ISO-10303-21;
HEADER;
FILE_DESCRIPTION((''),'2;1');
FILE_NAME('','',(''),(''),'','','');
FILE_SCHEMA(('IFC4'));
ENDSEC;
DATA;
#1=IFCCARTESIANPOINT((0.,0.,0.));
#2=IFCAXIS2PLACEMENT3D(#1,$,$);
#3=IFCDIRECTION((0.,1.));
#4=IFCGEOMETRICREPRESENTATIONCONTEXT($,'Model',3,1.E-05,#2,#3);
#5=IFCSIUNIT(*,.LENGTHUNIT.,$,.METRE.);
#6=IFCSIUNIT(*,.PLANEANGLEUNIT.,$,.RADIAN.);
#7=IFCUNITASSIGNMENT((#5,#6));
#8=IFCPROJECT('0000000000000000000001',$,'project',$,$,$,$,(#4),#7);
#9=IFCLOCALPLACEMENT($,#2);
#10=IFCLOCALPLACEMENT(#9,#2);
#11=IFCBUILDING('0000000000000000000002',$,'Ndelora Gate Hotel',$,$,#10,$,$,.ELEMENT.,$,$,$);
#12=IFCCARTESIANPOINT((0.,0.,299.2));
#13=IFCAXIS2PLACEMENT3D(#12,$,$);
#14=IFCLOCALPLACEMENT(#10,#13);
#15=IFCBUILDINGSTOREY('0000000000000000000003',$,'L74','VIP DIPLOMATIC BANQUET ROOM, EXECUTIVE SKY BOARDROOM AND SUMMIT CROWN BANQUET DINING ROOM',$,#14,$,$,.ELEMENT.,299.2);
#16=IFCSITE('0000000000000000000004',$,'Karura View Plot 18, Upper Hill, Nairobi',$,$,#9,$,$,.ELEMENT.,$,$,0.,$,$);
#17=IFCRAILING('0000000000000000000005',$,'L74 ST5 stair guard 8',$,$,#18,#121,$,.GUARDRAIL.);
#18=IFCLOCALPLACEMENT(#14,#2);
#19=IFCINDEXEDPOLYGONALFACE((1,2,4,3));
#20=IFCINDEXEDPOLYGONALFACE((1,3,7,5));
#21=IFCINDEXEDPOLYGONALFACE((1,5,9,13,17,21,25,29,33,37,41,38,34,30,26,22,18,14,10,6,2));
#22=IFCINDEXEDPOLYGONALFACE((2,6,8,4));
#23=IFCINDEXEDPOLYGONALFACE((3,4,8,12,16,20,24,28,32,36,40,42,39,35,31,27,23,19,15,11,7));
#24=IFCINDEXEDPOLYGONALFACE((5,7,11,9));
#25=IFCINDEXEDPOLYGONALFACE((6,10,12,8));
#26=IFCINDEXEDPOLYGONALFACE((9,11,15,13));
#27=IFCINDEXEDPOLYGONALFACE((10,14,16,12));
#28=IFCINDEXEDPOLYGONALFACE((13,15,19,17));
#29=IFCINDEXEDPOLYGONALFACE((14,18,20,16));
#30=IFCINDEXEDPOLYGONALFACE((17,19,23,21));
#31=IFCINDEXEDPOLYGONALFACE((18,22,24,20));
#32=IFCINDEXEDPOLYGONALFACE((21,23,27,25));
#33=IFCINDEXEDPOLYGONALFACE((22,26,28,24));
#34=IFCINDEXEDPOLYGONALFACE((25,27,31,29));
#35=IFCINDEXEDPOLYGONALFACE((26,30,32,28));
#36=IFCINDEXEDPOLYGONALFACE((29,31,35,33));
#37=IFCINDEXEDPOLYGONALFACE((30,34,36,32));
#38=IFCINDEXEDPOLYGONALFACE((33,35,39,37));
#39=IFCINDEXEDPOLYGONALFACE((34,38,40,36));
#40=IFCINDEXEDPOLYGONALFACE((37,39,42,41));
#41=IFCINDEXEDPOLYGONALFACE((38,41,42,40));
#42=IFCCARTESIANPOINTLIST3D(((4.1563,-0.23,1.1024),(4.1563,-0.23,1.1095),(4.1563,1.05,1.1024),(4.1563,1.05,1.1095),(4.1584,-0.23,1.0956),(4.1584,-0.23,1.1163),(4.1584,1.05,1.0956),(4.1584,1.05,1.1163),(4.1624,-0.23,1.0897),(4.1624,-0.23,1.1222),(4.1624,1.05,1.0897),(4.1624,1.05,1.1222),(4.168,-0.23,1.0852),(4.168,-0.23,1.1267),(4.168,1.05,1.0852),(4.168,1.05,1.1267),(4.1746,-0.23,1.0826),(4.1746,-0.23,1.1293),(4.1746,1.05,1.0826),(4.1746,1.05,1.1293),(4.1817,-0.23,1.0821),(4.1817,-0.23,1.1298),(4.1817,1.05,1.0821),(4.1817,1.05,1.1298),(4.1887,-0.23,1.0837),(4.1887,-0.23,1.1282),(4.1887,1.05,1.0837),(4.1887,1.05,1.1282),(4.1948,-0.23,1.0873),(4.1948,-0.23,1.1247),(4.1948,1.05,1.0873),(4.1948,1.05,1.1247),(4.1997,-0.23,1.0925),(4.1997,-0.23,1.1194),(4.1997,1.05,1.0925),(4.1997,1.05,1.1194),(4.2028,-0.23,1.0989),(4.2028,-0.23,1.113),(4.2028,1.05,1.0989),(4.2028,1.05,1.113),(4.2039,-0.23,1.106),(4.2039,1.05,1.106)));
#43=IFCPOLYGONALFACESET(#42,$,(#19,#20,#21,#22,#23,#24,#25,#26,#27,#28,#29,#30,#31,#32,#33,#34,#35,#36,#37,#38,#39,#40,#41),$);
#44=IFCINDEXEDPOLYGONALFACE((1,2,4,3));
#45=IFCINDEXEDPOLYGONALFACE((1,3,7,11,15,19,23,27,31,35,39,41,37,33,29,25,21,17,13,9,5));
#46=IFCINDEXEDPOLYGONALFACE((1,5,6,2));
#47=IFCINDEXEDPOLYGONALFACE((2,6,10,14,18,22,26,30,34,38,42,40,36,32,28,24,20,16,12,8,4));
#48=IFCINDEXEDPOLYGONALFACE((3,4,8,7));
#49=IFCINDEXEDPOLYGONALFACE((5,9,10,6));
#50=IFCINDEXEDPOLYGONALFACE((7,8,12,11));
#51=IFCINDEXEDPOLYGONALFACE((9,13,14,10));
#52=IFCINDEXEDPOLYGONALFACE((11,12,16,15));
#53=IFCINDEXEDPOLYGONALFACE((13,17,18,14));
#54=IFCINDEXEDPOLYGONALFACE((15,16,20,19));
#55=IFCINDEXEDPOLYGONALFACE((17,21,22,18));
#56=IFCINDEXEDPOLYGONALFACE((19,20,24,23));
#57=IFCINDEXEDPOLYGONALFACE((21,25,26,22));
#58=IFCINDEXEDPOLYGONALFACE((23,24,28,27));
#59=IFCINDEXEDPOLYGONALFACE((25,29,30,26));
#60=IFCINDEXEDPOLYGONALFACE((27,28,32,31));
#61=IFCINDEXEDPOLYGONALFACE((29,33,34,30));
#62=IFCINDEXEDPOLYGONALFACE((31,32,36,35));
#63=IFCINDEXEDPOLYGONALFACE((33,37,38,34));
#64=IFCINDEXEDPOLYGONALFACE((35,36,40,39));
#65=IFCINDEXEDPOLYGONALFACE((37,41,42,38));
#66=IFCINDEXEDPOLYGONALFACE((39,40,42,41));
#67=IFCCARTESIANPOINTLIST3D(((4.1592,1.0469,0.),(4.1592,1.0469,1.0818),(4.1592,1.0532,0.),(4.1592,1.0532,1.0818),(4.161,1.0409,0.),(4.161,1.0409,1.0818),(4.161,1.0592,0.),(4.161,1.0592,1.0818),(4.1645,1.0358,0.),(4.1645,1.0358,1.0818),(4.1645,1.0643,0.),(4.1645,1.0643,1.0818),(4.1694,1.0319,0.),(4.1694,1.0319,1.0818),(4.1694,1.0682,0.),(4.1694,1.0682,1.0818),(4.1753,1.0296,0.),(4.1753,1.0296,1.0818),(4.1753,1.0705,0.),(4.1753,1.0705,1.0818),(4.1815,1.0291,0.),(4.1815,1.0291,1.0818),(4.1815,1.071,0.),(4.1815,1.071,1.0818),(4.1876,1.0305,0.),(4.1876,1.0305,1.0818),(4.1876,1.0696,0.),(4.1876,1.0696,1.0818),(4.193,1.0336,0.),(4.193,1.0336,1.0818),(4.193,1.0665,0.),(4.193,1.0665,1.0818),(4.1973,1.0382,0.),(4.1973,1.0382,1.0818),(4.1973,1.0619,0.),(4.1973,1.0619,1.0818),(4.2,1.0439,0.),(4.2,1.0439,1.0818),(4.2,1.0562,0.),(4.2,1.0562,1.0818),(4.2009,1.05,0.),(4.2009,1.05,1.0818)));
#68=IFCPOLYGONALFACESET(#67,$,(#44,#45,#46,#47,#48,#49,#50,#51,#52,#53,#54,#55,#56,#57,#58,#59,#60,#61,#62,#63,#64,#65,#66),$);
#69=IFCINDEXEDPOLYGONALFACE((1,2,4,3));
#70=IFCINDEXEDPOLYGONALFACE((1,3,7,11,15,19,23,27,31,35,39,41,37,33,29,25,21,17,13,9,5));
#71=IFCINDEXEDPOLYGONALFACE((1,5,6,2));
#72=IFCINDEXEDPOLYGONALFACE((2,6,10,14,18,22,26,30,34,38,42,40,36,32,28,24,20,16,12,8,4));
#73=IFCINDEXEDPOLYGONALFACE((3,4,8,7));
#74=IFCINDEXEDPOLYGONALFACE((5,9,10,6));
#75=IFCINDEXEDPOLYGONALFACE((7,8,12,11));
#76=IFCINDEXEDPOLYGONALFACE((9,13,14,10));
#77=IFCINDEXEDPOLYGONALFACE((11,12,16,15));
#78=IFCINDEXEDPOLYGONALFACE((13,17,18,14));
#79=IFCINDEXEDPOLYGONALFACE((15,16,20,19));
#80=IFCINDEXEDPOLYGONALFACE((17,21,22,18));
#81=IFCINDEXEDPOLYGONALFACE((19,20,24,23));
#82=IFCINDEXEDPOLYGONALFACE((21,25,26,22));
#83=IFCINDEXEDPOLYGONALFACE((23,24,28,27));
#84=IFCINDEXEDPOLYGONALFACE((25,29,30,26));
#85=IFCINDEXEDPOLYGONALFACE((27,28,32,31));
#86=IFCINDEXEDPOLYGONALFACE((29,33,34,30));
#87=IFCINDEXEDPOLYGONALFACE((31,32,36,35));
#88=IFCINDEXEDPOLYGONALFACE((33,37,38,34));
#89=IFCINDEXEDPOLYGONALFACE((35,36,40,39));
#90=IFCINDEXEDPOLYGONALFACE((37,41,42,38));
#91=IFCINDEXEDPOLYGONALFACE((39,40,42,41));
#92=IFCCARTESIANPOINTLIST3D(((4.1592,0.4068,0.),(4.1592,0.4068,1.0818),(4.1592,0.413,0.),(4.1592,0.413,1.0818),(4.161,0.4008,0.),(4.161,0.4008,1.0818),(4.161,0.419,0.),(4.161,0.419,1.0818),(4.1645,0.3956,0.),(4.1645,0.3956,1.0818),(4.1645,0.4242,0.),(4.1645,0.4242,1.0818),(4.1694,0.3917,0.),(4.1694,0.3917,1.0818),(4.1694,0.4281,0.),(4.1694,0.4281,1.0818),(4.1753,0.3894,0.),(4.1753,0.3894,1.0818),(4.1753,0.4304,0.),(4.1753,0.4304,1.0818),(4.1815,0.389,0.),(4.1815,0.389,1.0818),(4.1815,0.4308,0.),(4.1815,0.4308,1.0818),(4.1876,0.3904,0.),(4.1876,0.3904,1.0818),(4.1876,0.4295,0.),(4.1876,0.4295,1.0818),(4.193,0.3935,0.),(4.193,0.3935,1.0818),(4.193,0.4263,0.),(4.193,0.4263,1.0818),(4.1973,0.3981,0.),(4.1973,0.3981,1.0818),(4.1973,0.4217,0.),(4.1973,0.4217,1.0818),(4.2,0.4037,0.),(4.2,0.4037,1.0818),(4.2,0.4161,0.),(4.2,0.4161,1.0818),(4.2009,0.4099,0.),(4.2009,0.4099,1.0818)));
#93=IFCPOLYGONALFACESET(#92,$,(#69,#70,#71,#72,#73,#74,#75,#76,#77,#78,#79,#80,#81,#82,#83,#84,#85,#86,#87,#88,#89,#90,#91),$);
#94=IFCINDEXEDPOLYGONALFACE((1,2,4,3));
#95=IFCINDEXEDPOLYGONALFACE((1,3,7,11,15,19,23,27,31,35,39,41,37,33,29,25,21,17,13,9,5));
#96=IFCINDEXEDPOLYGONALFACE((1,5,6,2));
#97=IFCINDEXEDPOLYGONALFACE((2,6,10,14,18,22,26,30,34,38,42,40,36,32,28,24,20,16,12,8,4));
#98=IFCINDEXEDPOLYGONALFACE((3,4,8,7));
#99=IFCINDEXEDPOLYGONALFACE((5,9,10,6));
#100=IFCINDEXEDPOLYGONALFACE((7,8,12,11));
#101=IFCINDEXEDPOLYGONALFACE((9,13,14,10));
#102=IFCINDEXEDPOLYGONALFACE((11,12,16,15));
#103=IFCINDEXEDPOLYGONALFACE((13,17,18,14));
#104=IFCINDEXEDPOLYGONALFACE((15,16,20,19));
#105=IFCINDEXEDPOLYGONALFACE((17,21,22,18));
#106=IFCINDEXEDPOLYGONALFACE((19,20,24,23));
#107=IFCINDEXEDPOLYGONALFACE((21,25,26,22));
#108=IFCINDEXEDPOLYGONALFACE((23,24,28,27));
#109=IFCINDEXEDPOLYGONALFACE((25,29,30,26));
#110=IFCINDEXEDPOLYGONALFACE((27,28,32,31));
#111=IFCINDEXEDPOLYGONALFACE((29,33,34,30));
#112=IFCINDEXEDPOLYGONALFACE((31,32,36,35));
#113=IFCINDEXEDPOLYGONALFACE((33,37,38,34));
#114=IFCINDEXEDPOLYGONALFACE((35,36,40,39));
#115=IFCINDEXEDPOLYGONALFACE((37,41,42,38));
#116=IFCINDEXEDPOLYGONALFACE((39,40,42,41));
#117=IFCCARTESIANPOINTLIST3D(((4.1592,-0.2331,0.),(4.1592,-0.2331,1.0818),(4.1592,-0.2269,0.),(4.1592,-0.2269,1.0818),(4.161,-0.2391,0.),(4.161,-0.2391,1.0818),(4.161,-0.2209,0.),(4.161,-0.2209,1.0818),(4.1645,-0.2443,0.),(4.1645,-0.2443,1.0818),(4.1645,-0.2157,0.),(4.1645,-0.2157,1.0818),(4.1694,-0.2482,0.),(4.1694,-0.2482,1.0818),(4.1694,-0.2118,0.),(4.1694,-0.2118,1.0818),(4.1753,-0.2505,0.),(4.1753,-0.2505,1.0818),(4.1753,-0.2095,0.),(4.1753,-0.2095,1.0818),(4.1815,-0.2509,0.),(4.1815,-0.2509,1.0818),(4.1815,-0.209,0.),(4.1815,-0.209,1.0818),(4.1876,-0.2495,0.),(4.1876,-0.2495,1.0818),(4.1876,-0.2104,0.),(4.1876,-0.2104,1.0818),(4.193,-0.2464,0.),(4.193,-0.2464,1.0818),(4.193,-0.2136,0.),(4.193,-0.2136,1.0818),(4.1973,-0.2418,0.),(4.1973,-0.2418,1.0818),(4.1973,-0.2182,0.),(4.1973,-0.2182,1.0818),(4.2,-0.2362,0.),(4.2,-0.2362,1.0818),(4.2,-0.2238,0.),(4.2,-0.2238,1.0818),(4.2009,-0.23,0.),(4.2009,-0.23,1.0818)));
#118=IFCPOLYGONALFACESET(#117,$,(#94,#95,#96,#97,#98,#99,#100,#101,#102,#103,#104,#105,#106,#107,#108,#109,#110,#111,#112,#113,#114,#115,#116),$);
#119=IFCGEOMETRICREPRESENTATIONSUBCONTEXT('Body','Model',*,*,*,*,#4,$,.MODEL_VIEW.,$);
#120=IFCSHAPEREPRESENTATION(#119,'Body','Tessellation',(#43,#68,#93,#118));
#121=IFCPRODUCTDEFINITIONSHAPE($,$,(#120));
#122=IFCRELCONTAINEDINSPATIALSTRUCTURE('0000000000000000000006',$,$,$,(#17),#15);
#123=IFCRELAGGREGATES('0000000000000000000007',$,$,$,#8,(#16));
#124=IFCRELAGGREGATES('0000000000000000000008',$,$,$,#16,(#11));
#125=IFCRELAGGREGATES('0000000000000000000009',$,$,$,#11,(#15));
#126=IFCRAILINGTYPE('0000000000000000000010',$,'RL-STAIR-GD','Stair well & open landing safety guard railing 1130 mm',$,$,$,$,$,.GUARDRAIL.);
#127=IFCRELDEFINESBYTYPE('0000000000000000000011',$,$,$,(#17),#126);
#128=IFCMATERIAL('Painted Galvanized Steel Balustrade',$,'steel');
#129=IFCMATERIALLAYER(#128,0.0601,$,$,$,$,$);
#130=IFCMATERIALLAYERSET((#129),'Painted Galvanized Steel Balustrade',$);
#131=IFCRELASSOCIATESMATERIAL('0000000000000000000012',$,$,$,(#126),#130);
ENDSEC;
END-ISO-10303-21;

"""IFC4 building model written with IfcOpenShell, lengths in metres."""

from ifc_helpers import new_model, si_unit, direction, frame, origin, origin_2d, place, context, subcontext, project, spatial, circle, extrude, material, layer, layer_set, type_object, element, save


model = new_model("IFC4")

# Units and contexts
model_context = context("Model", 3, precision=1e-05, world=origin(), true_north=direction((0.0, 1.0)))
body_context = subcontext(model_context, "Body", "Model", "MODEL_VIEW")
ifc_project = project(units=[si_unit("LENGTHUNIT", "METRE"), si_unit("PLANEANGLEUNIT", "RADIAN")], contexts=[model_context])

# Site, building, storey
site_placement = place(None, origin())
site = spatial("IfcSite", under=ifc_project, at=site_placement, Name="Karura View Plot 18, Upper Hill, Nairobi", CompositionType="ELEMENT", RefElevation=0.0)
building_placement = place(site_placement, origin())
building = spatial("IfcBuilding", under=site, at=building_placement, Name="Ndelora Gate Hotel", CompositionType="ELEMENT")
storey_placement = place(building_placement, frame((0.0, 0.0, 299.2)))
storey = spatial("IfcBuildingStorey", under=building, at=storey_placement, Name="L74", Description="VIP DIPLOMATIC BANQUET ROOM, EXECUTIVE SKY BOARDROOM AND SUMMIT CROWN BANQUET DINING ROOM", CompositionType="ELEMENT", Elevation=299.2)

# Railing
ifc_material_1 = material(Name="Painted Galvanized Steel Balustrade", Category="steel")
ifc_layer_1 = layer(ifc_material_1, 0.0601)
ifc_layer_set_1 = layer_set([ifc_layer_1], Name="Painted Galvanized Steel Balustrade")
railing_type = type_object("IfcRailingType", Name="RL-STAIR-GD", Description="Stair well & open landing safety guard railing 1130 mm", PredefinedType="GUARDRAIL", material=ifc_layer_set_1)
for number, where, name in (
    (1, (4.1799, 1.05, 0.0), "L74 ST5 stair guard 8"),
):
    element("IfcRailing", number, at=place(storey_placement, frame(where)), inside=storey, type_object=railing_type, Name=name, PredefinedType="GUARDRAIL", context=body_context, shape_type="SweptSolid", body=[
        extrude(circle(Radius=0.0239, at=origin_2d()), frame((0.0, 0.0, 1.106), z_axis=(0.0, -1.0, 0.0), x_axis=(1.0, 0.0, 0.0)), (0.0, 0.0, 1.0), 1.28),
        extrude(circle(Radius=0.021, at=origin_2d()), origin(), (0.0, 0.0, 1.0), 1.0818),
        extrude(circle(Radius=0.021, at=origin_2d()), frame((0.0, -0.6401, 0.0)), (0.0, 0.0, 1.0), 1.0818),
        extrude(circle(Radius=0.021, at=origin_2d()), frame((0.0, -1.28, 0.0)), (0.0, 0.0, 1.0), 1.0818),
    ])

save(model, "model.ifc")
